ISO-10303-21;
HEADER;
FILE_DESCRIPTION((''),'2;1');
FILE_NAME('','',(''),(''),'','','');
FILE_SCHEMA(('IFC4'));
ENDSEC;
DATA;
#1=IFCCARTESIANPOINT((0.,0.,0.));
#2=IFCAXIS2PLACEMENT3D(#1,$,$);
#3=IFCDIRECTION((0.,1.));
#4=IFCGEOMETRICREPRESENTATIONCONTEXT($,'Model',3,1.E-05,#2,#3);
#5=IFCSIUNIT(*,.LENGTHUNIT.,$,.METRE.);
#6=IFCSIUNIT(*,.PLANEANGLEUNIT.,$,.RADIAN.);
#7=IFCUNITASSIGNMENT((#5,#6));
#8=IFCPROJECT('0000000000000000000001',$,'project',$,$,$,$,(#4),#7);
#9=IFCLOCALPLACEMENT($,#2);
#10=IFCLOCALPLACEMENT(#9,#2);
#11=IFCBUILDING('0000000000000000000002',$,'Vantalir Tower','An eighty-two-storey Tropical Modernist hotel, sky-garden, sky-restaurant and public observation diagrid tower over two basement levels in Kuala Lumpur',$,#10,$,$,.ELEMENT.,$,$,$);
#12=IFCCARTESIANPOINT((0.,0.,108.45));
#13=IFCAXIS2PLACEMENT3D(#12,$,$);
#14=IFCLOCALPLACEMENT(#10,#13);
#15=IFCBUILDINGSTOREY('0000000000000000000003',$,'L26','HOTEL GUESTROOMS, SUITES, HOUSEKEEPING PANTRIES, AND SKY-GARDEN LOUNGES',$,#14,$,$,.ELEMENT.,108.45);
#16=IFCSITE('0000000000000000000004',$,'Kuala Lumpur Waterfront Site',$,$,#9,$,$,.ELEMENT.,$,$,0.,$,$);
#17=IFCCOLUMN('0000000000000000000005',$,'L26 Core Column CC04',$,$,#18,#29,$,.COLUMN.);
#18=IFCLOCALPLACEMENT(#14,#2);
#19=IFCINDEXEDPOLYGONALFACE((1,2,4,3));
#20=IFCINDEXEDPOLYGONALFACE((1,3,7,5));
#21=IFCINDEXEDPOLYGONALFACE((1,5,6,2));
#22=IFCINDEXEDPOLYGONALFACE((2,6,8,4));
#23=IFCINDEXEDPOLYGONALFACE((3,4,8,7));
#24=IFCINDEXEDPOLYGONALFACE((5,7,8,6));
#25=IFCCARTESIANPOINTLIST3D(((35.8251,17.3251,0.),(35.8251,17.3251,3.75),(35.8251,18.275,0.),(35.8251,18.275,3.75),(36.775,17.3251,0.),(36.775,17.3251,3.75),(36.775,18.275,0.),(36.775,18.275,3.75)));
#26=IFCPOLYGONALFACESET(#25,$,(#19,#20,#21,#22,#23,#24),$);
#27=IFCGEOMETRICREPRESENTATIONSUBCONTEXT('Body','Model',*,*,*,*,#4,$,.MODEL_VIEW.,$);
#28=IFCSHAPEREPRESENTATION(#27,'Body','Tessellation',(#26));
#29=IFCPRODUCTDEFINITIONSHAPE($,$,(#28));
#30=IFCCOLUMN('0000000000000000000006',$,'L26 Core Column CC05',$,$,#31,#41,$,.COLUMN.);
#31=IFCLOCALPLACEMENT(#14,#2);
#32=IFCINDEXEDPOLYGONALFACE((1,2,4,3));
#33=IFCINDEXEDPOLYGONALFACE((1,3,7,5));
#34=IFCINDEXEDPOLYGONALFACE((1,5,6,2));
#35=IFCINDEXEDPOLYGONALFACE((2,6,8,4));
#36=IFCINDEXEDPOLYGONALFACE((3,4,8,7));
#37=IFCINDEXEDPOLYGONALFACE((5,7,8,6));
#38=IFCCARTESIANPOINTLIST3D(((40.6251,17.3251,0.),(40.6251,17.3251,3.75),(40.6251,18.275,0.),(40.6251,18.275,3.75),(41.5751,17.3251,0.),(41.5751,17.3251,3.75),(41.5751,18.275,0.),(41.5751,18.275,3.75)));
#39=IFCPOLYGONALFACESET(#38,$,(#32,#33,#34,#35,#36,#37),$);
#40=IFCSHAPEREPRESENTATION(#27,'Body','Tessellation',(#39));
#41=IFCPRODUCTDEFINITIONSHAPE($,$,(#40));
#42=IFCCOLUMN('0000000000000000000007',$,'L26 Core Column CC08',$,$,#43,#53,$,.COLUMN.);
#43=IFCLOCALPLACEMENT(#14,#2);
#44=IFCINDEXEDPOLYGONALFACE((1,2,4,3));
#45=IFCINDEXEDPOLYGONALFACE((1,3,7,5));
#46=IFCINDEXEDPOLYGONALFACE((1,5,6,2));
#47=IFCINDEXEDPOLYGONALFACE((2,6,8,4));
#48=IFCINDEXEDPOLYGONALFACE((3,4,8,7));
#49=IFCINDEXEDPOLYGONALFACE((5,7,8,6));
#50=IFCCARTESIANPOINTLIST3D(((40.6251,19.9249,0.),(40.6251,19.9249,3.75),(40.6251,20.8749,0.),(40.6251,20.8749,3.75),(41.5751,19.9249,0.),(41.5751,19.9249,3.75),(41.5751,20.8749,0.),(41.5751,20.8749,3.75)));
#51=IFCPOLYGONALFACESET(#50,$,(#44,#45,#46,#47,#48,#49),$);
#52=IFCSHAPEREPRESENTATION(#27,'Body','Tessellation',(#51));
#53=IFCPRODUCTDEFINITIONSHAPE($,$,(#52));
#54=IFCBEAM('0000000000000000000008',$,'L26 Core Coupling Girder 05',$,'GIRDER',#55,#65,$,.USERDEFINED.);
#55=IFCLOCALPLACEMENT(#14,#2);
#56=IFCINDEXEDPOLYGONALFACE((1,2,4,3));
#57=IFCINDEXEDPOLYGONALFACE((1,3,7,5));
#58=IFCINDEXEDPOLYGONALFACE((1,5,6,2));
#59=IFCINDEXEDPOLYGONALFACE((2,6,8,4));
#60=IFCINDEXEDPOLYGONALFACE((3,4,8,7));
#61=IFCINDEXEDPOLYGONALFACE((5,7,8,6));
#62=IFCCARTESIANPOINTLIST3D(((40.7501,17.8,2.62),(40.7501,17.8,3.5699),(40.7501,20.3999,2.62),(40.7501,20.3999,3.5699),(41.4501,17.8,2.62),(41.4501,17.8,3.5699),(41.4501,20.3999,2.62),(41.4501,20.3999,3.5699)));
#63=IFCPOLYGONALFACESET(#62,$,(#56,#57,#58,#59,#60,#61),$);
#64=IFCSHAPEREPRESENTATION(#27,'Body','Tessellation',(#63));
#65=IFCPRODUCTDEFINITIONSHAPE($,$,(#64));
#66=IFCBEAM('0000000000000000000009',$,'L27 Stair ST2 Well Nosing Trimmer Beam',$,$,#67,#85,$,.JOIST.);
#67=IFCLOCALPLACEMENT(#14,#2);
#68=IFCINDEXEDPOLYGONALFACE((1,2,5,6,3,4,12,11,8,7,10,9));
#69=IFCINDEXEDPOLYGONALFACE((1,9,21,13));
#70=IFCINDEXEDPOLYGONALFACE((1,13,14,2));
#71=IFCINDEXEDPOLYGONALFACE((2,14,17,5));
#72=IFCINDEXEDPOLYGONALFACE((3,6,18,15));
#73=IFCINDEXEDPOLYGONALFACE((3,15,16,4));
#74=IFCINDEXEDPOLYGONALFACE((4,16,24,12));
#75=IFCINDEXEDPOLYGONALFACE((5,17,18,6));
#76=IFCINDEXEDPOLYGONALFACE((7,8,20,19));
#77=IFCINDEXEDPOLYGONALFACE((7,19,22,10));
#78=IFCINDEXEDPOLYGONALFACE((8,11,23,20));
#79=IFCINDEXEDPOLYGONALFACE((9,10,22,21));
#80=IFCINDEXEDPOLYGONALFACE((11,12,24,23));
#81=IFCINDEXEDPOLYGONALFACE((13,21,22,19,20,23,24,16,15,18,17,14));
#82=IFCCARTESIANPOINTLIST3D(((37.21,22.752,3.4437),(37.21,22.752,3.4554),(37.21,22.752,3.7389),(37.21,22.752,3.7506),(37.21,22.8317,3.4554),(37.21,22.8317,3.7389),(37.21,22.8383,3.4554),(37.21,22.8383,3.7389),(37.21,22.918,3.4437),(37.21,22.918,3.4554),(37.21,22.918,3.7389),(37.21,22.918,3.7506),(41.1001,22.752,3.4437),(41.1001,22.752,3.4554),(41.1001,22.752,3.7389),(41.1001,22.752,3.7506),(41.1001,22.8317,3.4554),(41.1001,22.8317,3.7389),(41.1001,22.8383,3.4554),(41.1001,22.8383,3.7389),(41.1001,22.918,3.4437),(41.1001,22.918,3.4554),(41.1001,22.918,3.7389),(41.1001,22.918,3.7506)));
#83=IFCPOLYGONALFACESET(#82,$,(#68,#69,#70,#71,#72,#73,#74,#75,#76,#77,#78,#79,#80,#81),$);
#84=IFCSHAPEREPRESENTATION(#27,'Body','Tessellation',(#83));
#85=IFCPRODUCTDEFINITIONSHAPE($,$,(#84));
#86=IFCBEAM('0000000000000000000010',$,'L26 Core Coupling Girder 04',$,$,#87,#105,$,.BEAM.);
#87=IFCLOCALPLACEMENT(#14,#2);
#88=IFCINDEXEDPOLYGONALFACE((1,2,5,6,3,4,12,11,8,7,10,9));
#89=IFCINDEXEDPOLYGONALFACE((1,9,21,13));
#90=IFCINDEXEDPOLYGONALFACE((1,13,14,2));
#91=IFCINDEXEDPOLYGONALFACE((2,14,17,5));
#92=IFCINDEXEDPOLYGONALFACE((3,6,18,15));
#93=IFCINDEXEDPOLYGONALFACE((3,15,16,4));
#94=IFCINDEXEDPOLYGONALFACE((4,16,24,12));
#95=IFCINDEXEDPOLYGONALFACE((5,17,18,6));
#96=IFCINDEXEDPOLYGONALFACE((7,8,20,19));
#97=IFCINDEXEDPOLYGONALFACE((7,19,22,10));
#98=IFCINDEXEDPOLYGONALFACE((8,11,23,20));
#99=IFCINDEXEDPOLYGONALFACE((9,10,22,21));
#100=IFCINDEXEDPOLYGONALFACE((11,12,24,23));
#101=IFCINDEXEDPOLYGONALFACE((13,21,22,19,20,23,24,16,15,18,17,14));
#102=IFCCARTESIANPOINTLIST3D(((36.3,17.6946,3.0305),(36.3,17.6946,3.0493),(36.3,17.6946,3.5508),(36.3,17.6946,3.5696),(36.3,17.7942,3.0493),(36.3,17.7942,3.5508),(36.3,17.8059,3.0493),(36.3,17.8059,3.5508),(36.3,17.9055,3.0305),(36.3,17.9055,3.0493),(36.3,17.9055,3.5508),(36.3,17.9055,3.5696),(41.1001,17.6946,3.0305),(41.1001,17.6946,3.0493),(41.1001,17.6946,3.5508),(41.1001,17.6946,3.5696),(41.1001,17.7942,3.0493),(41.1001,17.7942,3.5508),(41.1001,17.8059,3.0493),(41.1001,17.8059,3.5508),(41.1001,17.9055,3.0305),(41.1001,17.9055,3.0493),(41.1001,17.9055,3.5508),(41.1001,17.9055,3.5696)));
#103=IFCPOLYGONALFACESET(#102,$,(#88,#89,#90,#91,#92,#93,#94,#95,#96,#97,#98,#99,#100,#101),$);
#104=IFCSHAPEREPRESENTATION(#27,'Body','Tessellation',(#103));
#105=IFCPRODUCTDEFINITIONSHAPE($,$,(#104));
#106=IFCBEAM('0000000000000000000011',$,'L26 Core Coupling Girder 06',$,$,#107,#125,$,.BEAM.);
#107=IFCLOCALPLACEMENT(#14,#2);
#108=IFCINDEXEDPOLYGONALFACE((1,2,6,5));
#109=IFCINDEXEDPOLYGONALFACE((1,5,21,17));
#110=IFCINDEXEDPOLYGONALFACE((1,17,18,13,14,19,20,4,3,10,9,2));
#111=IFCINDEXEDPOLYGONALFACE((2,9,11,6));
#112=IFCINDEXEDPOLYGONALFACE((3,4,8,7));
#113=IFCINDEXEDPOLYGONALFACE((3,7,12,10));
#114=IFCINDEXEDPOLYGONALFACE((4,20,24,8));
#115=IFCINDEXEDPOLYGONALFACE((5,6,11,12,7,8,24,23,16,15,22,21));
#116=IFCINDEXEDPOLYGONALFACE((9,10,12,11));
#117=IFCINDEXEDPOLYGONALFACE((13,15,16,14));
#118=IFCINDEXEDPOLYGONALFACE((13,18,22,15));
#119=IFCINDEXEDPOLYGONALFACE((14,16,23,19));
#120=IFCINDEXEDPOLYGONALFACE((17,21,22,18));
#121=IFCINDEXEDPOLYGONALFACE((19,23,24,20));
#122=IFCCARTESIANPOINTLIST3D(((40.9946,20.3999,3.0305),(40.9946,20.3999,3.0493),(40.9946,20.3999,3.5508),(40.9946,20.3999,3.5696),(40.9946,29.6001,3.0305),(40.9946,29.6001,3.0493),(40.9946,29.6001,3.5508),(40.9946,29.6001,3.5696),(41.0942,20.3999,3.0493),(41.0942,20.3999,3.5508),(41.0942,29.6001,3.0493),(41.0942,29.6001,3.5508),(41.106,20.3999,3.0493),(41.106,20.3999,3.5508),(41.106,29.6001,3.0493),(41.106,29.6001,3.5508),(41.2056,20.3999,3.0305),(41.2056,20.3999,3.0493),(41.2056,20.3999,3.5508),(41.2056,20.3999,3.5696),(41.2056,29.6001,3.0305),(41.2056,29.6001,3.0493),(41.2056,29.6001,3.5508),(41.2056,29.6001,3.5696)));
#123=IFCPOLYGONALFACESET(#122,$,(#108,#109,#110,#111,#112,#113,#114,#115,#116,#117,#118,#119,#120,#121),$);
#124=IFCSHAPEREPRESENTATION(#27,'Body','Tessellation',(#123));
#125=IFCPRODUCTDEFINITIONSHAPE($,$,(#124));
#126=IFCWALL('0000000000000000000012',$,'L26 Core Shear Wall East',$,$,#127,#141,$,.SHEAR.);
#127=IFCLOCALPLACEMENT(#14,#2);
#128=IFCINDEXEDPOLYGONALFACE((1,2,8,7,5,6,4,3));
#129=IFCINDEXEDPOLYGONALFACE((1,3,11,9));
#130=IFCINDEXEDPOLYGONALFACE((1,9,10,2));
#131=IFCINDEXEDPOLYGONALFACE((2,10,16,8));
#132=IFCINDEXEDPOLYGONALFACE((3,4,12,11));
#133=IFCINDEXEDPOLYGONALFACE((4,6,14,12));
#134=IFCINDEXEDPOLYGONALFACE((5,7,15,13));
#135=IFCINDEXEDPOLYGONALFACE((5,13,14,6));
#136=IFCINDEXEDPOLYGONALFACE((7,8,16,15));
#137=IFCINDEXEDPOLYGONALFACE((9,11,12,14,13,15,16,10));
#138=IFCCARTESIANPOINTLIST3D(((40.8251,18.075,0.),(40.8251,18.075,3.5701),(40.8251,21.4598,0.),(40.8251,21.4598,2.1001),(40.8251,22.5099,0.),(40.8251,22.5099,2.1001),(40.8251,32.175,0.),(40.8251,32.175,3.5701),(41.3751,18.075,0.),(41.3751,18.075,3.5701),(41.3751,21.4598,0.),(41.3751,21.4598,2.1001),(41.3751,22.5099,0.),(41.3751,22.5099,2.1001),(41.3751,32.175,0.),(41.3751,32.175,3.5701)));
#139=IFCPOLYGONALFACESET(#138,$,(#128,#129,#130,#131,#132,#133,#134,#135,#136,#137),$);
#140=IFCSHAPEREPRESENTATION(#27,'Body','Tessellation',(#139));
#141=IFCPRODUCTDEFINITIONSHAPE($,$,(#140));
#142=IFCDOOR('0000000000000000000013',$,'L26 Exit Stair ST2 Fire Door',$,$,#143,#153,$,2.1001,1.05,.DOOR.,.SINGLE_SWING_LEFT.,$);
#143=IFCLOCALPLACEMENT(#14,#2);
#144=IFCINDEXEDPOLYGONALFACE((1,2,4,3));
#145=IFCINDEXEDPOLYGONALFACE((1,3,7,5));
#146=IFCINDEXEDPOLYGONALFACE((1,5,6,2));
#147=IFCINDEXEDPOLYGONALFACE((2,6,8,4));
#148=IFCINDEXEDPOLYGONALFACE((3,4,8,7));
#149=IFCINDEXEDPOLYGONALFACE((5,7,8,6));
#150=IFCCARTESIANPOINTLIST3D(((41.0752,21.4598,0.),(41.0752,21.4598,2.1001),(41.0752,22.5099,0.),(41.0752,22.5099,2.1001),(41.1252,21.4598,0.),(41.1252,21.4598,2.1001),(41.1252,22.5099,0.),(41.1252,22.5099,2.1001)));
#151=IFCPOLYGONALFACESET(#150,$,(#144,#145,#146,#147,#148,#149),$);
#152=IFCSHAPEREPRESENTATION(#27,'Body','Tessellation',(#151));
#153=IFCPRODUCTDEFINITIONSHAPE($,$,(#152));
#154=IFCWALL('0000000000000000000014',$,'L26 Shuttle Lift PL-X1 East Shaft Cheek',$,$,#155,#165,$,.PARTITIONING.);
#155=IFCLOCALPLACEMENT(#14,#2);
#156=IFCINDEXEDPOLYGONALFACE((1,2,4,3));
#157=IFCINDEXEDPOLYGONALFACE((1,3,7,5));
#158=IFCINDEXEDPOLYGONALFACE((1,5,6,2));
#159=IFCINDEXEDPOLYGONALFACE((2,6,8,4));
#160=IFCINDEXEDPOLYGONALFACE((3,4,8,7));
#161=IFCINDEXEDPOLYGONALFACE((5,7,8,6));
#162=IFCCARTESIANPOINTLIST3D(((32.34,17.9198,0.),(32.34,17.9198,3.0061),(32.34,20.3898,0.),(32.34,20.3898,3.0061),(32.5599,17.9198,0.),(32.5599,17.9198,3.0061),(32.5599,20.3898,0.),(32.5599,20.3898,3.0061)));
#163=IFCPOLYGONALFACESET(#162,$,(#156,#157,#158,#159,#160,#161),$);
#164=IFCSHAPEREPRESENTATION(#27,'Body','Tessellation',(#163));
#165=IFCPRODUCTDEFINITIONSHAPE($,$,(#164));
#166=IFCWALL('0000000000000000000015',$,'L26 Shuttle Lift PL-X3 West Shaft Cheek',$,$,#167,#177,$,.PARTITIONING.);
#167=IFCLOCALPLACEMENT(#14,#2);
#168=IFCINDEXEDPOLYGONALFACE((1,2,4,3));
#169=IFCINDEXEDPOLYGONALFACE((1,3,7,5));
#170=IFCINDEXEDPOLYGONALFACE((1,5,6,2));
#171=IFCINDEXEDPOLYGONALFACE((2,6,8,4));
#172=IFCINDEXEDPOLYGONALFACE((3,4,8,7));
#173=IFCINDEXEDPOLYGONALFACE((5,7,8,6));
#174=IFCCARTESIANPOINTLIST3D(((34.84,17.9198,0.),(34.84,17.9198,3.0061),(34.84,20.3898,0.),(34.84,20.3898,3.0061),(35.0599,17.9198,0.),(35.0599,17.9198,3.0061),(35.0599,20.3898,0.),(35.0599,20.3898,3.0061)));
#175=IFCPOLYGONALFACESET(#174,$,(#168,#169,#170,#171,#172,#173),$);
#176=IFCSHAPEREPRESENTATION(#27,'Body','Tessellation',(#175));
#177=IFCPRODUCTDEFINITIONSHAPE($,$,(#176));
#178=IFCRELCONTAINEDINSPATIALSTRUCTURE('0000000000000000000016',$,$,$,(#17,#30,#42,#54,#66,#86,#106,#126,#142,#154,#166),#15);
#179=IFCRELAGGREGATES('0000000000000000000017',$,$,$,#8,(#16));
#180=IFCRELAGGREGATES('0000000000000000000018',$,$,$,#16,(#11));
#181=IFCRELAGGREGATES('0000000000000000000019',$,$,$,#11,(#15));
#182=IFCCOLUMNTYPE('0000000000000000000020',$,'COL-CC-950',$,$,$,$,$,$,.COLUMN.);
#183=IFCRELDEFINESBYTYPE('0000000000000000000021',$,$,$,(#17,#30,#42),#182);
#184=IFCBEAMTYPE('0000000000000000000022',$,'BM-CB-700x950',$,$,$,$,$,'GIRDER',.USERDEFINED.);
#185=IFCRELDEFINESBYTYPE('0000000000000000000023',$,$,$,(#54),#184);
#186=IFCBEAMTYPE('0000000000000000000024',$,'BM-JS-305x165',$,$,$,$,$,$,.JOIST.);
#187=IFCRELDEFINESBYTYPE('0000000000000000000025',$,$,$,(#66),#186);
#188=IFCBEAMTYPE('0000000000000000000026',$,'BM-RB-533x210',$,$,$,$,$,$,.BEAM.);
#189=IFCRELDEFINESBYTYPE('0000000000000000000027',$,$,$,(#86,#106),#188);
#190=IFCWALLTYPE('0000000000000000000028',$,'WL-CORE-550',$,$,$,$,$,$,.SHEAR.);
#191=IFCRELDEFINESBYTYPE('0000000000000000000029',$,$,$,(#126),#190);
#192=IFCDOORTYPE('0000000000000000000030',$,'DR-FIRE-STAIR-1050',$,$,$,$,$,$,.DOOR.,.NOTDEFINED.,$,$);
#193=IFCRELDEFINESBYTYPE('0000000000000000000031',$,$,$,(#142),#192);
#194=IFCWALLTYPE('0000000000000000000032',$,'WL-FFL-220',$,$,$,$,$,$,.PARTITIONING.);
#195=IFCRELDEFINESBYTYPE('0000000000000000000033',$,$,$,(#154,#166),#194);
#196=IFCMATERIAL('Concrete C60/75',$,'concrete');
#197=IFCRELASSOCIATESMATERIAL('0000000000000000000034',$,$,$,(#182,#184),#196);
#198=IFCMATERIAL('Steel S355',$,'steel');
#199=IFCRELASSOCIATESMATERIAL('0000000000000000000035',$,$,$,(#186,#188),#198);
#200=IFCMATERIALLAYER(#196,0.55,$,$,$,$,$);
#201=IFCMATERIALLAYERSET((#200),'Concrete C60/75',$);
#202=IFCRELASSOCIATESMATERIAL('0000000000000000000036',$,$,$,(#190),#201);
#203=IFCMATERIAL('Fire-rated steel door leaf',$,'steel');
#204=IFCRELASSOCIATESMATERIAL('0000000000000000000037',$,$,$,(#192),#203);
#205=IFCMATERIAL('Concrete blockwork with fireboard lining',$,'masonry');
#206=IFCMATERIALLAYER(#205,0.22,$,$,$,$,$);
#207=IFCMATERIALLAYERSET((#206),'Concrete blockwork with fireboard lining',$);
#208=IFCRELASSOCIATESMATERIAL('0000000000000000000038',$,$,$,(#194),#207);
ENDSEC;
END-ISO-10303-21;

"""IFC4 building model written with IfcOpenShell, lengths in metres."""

from ifc_helpers import new_model, si_unit, direction, frame, frame_2d, origin, origin_2d, place, context, subcontext, project, spatial, rectangle, i_section, extrude, material, layer, layer_set, material_profile, profile_set, type_object, element, fill, save


model = new_model("IFC4")

# Units and contexts
model_context = context("Model", 3, precision=1e-05, world=origin(), true_north=direction((0.0, 1.0)))
body_context = subcontext(model_context, "Body", "Model", "MODEL_VIEW")
ifc_project = project(units=[si_unit("LENGTHUNIT", "METRE"), si_unit("PLANEANGLEUNIT", "RADIAN")], contexts=[model_context])

# Site, building, storey
site_placement = place(None, origin())
site = spatial("IfcSite", under=ifc_project, at=site_placement, Name="Kuala Lumpur Waterfront Site", CompositionType="ELEMENT", RefElevation=0.0)
building_placement = place(site_placement, origin())
building = spatial("IfcBuilding", under=site, at=building_placement, Name="Vantalir Tower", Description="An eighty-two-storey Tropical Modernist hotel, sky-garden, sky-restaurant and public observation diagrid tower over two basement levels in Kuala Lumpur", CompositionType="ELEMENT")
storey_placement = place(building_placement, frame((0.0, 0.0, 108.45)))
storey = spatial("IfcBuildingStorey", under=building, at=storey_placement, Name="L26", Description="HOTEL GUESTROOMS, SUITES, HOUSEKEEPING PANTRIES, AND SKY-GARDEN LOUNGES", CompositionType="ELEMENT", Elevation=108.45)

# Columns
ifc_material_1 = material(Name="Concrete C60/75", Category="concrete")
ifc_material_profile_1 = material_profile(ifc_material_1, rectangle(XDim=0.95, YDim=0.95, at=origin_2d()), Name="Concrete C60/75")
ifc_profile_set_1 = profile_set([ifc_material_profile_1], Name="Concrete C60/75")
column_type = type_object("IfcColumnType", Name="COL-CC-950", PredefinedType="COLUMN", material=ifc_profile_set_1)
for number, where, z_axis, x_axis, name in (
    (1, (36.3, 17.8, 0.0), (0.0, 0.0, 1.0), (1.0, 0.0, 0.0), "L26 Core Column CC04"),
    (2, (41.1001, 17.8, 0.0), (0.0, 0.0, 1.0), (1.0, 0.0, 0.0), "L26 Core Column CC05"),
    (3, (41.1001, 20.3999, 0.0), (0.0, 0.0, 1.0), (1.0, 0.0, 0.0), "L26 Core Column CC08"),
):
    element("IfcColumn", number, at=place(storey_placement, frame(where, z_axis=z_axis, x_axis=x_axis)), inside=storey, type_object=column_type, Name=name, PredefinedType="COLUMN", context=body_context, shape_type="SweptSolid", body=[
        extrude(rectangle(XDim=0.95, YDim=0.95, at=origin_2d()), origin(), (0.0, 0.0, 1.0), 3.75),
    ])

# Beams
ifc_material_profile_2 = material_profile(ifc_material_1, rectangle(XDim=0.7, YDim=0.95, at=origin_2d()), Name="Concrete C60/75")
ifc_profile_set_2 = profile_set([ifc_material_profile_2], Name="Concrete C60/75")
beam_type_1 = type_object("IfcBeamType", Name="BM-CB-700x950", ElementType="GIRDER", PredefinedType="USERDEFINED", material=ifc_profile_set_2)
beam_1_placement = place(storey_placement, frame((41.1001, 17.8, 3.095), z_axis=(0.0, 1.0, 0.0), x_axis=(-1.0, 0.0, 0.0)))
element("IfcBeam", 4, at=beam_1_placement, inside=storey, type_object=beam_type_1, Name="L26 Core Coupling Girder 05", ObjectType="GIRDER", PredefinedType="USERDEFINED", context=body_context, shape_type="SweptSolid", body=[
    extrude(rectangle(XDim=0.7, YDim=0.95, at=origin_2d()), origin(), (0.0, 0.0, 1.0), 2.5999),
])
ifc_material_2 = material(Name="Steel S355", Category="steel")
ifc_material_profile_3 = material_profile(ifc_material_2, i_section(OverallWidth=0.166, OverallDepth=0.3069, WebThickness=0.0066, FlangeThickness=0.0117, at=origin_2d()), Name="Steel S355")
ifc_profile_set_3 = profile_set([ifc_material_profile_3], Name="Steel S355")
beam_type_2 = type_object("IfcBeamType", Name="BM-JS-305x165", PredefinedType="JOIST", material=ifc_profile_set_3)
beam_2_placement = place(storey_placement, frame((37.21, 22.835, 3.5972), z_axis=(1.0, 0.0, 0.0), x_axis=(0.0, 1.0, 0.0)))
element("IfcBeam", 5, at=beam_2_placement, inside=storey, type_object=beam_type_2, Name="L27 Stair ST2 Well Nosing Trimmer Beam", PredefinedType="JOIST", context=body_context, shape_type="SweptSolid", body=[
    extrude(i_section(OverallWidth=0.166, OverallDepth=0.3069, WebThickness=0.0066, FlangeThickness=0.0117, at=origin_2d()), origin(), (0.0, 0.0, 1.0), 3.8901),
])
ifc_material_profile_4 = material_profile(ifc_material_2, i_section(OverallWidth=0.2109, OverallDepth=0.5391, WebThickness=0.0117, FlangeThickness=0.0188, at=origin_2d()), Name="Steel S355")
ifc_profile_set_4 = profile_set([ifc_material_profile_4], Name="Steel S355")
beam_type_3 = type_object("IfcBeamType", Name="BM-RB-533x210", PredefinedType="BEAM", material=ifc_profile_set_4)
beam_3_placement = place(storey_placement, frame((36.3, 17.8, 3.3), z_axis=(1.0, 0.0, 0.0), x_axis=(0.0, 1.0, 0.0)))
element("IfcBeam", 6, at=beam_3_placement, inside=storey, type_object=beam_type_3, Name="L26 Core Coupling Girder 04", PredefinedType="BEAM", context=body_context, shape_type="SweptSolid", body=[
    extrude(i_section(OverallWidth=0.2109, OverallDepth=0.5391, WebThickness=0.0117, FlangeThickness=0.0188, at=origin_2d()), origin(), (0.0, 0.0, 1.0), 4.8),
])
beam_4_placement = place(storey_placement, frame((41.1001, 20.3999, 3.3), z_axis=(0.0, 1.0, 0.0), x_axis=(-1.0, 0.0, 0.0)))
element("IfcBeam", 7, at=beam_4_placement, inside=storey, type_object=beam_type_3, Name="L26 Core Coupling Girder 06", PredefinedType="BEAM", context=body_context, shape_type="SweptSolid", body=[
    extrude(i_section(OverallWidth=0.2109, OverallDepth=0.5391, WebThickness=0.0117, FlangeThickness=0.0188, at=origin_2d()), origin(), (0.0, 0.0, 1.0), 9.2002),
])

# Wall, opening, door
ifc_layer_1 = layer(ifc_material_1, 0.55)
ifc_layer_set_1 = layer_set([ifc_layer_1], Name="Concrete C60/75")
wall_type_1 = type_object("IfcWallType", Name="WL-CORE-550", PredefinedType="SHEAR", material=ifc_layer_set_1)
wall_1_placement = place(storey_placement, frame((41.1001, 18.075, 0.0), z_axis=(0.0, 0.0, 1.0), x_axis=(0.0, 1.0, 0.0)))
wall_1 = element("IfcWall", 8, at=wall_1_placement, inside=storey, type_object=wall_type_1, Name="L26 Core Shear Wall East", PredefinedType="SHEAR", context=body_context, shape_type="SweptSolid", body=[
    extrude(rectangle(XDim=14.1001, YDim=0.55, at=frame_2d((7.05, 0.0))), origin(), (0.0, 0.0, 1.0), 3.5701),
])
opening_1_placement = place(wall_1_placement, frame((3.385, 0.0, 0.0)))
opening_1 = element("IfcOpeningElement", 9, at=opening_1_placement, cuts=wall_1, PredefinedType="OPENING", context=body_context, shape_type="SweptSolid", body=[
    extrude(rectangle(XDim=1.05, YDim=2.1001, at=frame_2d((0.5249, 1.05))), frame((0.0, 0.2849, 0.0), z_axis=(0.0, -1.0, 0.0), x_axis=(1.0, 0.0, 0.0)), (0.0, 0.0, 1.0), 0.5701),
])
ifc_material_3 = material(Name="Fire-rated steel door leaf", Category="steel")
door_type_1 = type_object("IfcDoorType", Name="DR-FIRE-STAIR-1050", OperationType="NOTDEFINED", PredefinedType="DOOR", material=ifc_material_3)
door_1_placement = place(opening_1_placement, origin())
door_1 = element("IfcDoor", 10, at=door_1_placement, inside=storey, type_object=door_type_1, Name="L26 Exit Stair ST2 Fire Door", OperationType="SINGLE_SWING_LEFT", OverallHeight=2.1001, OverallWidth=1.05, PredefinedType="DOOR", context=body_context, shape_type="SweptSolid", body=[
    extrude(rectangle(XDim=1.05, YDim=2.1001, at=frame_2d((0.5249, 1.05))), frame((0.0, 0.0249, 0.0), z_axis=(0.0, -1.0, 0.0), x_axis=(1.0, 0.0, 0.0)), (0.0, 0.0, 1.0), 0.05),
])
fill(opening_1, door_1)

# Walls
ifc_material_4 = material(Name="Concrete blockwork with fireboard lining", Category="masonry")
ifc_layer_2 = layer(ifc_material_4, 0.22)
ifc_layer_set_2 = layer_set([ifc_layer_2], Name="Concrete blockwork with fireboard lining")
wall_type_2 = type_object("IfcWallType", Name="WL-FFL-220", PredefinedType="PARTITIONING", material=ifc_layer_set_2)
for number, where, z_axis, x_axis, name in (
    (11, (32.45, 17.9199, 0.0), (0.0, 0.0, 1.0), (0.0, 1.0, 0.0), "L26 Shuttle Lift PL-X1 East Shaft Cheek"),
    (12, (34.95, 17.9199, 0.0), (0.0, 0.0, 1.0), (0.0, 1.0, 0.0), "L26 Shuttle Lift PL-X3 West Shaft Cheek"),
):
    element("IfcWall", number, at=place(storey_placement, frame(where, z_axis=z_axis, x_axis=x_axis)), inside=storey, type_object=wall_type_2, Name=name, PredefinedType="PARTITIONING", context=body_context, shape_type="SweptSolid", body=[
        extrude(rectangle(XDim=2.47, YDim=0.22, at=frame_2d((1.2349, 0.0))), origin(), (0.0, 0.0, 1.0), 3.0061),
    ])

save(model, "model.ifc")
